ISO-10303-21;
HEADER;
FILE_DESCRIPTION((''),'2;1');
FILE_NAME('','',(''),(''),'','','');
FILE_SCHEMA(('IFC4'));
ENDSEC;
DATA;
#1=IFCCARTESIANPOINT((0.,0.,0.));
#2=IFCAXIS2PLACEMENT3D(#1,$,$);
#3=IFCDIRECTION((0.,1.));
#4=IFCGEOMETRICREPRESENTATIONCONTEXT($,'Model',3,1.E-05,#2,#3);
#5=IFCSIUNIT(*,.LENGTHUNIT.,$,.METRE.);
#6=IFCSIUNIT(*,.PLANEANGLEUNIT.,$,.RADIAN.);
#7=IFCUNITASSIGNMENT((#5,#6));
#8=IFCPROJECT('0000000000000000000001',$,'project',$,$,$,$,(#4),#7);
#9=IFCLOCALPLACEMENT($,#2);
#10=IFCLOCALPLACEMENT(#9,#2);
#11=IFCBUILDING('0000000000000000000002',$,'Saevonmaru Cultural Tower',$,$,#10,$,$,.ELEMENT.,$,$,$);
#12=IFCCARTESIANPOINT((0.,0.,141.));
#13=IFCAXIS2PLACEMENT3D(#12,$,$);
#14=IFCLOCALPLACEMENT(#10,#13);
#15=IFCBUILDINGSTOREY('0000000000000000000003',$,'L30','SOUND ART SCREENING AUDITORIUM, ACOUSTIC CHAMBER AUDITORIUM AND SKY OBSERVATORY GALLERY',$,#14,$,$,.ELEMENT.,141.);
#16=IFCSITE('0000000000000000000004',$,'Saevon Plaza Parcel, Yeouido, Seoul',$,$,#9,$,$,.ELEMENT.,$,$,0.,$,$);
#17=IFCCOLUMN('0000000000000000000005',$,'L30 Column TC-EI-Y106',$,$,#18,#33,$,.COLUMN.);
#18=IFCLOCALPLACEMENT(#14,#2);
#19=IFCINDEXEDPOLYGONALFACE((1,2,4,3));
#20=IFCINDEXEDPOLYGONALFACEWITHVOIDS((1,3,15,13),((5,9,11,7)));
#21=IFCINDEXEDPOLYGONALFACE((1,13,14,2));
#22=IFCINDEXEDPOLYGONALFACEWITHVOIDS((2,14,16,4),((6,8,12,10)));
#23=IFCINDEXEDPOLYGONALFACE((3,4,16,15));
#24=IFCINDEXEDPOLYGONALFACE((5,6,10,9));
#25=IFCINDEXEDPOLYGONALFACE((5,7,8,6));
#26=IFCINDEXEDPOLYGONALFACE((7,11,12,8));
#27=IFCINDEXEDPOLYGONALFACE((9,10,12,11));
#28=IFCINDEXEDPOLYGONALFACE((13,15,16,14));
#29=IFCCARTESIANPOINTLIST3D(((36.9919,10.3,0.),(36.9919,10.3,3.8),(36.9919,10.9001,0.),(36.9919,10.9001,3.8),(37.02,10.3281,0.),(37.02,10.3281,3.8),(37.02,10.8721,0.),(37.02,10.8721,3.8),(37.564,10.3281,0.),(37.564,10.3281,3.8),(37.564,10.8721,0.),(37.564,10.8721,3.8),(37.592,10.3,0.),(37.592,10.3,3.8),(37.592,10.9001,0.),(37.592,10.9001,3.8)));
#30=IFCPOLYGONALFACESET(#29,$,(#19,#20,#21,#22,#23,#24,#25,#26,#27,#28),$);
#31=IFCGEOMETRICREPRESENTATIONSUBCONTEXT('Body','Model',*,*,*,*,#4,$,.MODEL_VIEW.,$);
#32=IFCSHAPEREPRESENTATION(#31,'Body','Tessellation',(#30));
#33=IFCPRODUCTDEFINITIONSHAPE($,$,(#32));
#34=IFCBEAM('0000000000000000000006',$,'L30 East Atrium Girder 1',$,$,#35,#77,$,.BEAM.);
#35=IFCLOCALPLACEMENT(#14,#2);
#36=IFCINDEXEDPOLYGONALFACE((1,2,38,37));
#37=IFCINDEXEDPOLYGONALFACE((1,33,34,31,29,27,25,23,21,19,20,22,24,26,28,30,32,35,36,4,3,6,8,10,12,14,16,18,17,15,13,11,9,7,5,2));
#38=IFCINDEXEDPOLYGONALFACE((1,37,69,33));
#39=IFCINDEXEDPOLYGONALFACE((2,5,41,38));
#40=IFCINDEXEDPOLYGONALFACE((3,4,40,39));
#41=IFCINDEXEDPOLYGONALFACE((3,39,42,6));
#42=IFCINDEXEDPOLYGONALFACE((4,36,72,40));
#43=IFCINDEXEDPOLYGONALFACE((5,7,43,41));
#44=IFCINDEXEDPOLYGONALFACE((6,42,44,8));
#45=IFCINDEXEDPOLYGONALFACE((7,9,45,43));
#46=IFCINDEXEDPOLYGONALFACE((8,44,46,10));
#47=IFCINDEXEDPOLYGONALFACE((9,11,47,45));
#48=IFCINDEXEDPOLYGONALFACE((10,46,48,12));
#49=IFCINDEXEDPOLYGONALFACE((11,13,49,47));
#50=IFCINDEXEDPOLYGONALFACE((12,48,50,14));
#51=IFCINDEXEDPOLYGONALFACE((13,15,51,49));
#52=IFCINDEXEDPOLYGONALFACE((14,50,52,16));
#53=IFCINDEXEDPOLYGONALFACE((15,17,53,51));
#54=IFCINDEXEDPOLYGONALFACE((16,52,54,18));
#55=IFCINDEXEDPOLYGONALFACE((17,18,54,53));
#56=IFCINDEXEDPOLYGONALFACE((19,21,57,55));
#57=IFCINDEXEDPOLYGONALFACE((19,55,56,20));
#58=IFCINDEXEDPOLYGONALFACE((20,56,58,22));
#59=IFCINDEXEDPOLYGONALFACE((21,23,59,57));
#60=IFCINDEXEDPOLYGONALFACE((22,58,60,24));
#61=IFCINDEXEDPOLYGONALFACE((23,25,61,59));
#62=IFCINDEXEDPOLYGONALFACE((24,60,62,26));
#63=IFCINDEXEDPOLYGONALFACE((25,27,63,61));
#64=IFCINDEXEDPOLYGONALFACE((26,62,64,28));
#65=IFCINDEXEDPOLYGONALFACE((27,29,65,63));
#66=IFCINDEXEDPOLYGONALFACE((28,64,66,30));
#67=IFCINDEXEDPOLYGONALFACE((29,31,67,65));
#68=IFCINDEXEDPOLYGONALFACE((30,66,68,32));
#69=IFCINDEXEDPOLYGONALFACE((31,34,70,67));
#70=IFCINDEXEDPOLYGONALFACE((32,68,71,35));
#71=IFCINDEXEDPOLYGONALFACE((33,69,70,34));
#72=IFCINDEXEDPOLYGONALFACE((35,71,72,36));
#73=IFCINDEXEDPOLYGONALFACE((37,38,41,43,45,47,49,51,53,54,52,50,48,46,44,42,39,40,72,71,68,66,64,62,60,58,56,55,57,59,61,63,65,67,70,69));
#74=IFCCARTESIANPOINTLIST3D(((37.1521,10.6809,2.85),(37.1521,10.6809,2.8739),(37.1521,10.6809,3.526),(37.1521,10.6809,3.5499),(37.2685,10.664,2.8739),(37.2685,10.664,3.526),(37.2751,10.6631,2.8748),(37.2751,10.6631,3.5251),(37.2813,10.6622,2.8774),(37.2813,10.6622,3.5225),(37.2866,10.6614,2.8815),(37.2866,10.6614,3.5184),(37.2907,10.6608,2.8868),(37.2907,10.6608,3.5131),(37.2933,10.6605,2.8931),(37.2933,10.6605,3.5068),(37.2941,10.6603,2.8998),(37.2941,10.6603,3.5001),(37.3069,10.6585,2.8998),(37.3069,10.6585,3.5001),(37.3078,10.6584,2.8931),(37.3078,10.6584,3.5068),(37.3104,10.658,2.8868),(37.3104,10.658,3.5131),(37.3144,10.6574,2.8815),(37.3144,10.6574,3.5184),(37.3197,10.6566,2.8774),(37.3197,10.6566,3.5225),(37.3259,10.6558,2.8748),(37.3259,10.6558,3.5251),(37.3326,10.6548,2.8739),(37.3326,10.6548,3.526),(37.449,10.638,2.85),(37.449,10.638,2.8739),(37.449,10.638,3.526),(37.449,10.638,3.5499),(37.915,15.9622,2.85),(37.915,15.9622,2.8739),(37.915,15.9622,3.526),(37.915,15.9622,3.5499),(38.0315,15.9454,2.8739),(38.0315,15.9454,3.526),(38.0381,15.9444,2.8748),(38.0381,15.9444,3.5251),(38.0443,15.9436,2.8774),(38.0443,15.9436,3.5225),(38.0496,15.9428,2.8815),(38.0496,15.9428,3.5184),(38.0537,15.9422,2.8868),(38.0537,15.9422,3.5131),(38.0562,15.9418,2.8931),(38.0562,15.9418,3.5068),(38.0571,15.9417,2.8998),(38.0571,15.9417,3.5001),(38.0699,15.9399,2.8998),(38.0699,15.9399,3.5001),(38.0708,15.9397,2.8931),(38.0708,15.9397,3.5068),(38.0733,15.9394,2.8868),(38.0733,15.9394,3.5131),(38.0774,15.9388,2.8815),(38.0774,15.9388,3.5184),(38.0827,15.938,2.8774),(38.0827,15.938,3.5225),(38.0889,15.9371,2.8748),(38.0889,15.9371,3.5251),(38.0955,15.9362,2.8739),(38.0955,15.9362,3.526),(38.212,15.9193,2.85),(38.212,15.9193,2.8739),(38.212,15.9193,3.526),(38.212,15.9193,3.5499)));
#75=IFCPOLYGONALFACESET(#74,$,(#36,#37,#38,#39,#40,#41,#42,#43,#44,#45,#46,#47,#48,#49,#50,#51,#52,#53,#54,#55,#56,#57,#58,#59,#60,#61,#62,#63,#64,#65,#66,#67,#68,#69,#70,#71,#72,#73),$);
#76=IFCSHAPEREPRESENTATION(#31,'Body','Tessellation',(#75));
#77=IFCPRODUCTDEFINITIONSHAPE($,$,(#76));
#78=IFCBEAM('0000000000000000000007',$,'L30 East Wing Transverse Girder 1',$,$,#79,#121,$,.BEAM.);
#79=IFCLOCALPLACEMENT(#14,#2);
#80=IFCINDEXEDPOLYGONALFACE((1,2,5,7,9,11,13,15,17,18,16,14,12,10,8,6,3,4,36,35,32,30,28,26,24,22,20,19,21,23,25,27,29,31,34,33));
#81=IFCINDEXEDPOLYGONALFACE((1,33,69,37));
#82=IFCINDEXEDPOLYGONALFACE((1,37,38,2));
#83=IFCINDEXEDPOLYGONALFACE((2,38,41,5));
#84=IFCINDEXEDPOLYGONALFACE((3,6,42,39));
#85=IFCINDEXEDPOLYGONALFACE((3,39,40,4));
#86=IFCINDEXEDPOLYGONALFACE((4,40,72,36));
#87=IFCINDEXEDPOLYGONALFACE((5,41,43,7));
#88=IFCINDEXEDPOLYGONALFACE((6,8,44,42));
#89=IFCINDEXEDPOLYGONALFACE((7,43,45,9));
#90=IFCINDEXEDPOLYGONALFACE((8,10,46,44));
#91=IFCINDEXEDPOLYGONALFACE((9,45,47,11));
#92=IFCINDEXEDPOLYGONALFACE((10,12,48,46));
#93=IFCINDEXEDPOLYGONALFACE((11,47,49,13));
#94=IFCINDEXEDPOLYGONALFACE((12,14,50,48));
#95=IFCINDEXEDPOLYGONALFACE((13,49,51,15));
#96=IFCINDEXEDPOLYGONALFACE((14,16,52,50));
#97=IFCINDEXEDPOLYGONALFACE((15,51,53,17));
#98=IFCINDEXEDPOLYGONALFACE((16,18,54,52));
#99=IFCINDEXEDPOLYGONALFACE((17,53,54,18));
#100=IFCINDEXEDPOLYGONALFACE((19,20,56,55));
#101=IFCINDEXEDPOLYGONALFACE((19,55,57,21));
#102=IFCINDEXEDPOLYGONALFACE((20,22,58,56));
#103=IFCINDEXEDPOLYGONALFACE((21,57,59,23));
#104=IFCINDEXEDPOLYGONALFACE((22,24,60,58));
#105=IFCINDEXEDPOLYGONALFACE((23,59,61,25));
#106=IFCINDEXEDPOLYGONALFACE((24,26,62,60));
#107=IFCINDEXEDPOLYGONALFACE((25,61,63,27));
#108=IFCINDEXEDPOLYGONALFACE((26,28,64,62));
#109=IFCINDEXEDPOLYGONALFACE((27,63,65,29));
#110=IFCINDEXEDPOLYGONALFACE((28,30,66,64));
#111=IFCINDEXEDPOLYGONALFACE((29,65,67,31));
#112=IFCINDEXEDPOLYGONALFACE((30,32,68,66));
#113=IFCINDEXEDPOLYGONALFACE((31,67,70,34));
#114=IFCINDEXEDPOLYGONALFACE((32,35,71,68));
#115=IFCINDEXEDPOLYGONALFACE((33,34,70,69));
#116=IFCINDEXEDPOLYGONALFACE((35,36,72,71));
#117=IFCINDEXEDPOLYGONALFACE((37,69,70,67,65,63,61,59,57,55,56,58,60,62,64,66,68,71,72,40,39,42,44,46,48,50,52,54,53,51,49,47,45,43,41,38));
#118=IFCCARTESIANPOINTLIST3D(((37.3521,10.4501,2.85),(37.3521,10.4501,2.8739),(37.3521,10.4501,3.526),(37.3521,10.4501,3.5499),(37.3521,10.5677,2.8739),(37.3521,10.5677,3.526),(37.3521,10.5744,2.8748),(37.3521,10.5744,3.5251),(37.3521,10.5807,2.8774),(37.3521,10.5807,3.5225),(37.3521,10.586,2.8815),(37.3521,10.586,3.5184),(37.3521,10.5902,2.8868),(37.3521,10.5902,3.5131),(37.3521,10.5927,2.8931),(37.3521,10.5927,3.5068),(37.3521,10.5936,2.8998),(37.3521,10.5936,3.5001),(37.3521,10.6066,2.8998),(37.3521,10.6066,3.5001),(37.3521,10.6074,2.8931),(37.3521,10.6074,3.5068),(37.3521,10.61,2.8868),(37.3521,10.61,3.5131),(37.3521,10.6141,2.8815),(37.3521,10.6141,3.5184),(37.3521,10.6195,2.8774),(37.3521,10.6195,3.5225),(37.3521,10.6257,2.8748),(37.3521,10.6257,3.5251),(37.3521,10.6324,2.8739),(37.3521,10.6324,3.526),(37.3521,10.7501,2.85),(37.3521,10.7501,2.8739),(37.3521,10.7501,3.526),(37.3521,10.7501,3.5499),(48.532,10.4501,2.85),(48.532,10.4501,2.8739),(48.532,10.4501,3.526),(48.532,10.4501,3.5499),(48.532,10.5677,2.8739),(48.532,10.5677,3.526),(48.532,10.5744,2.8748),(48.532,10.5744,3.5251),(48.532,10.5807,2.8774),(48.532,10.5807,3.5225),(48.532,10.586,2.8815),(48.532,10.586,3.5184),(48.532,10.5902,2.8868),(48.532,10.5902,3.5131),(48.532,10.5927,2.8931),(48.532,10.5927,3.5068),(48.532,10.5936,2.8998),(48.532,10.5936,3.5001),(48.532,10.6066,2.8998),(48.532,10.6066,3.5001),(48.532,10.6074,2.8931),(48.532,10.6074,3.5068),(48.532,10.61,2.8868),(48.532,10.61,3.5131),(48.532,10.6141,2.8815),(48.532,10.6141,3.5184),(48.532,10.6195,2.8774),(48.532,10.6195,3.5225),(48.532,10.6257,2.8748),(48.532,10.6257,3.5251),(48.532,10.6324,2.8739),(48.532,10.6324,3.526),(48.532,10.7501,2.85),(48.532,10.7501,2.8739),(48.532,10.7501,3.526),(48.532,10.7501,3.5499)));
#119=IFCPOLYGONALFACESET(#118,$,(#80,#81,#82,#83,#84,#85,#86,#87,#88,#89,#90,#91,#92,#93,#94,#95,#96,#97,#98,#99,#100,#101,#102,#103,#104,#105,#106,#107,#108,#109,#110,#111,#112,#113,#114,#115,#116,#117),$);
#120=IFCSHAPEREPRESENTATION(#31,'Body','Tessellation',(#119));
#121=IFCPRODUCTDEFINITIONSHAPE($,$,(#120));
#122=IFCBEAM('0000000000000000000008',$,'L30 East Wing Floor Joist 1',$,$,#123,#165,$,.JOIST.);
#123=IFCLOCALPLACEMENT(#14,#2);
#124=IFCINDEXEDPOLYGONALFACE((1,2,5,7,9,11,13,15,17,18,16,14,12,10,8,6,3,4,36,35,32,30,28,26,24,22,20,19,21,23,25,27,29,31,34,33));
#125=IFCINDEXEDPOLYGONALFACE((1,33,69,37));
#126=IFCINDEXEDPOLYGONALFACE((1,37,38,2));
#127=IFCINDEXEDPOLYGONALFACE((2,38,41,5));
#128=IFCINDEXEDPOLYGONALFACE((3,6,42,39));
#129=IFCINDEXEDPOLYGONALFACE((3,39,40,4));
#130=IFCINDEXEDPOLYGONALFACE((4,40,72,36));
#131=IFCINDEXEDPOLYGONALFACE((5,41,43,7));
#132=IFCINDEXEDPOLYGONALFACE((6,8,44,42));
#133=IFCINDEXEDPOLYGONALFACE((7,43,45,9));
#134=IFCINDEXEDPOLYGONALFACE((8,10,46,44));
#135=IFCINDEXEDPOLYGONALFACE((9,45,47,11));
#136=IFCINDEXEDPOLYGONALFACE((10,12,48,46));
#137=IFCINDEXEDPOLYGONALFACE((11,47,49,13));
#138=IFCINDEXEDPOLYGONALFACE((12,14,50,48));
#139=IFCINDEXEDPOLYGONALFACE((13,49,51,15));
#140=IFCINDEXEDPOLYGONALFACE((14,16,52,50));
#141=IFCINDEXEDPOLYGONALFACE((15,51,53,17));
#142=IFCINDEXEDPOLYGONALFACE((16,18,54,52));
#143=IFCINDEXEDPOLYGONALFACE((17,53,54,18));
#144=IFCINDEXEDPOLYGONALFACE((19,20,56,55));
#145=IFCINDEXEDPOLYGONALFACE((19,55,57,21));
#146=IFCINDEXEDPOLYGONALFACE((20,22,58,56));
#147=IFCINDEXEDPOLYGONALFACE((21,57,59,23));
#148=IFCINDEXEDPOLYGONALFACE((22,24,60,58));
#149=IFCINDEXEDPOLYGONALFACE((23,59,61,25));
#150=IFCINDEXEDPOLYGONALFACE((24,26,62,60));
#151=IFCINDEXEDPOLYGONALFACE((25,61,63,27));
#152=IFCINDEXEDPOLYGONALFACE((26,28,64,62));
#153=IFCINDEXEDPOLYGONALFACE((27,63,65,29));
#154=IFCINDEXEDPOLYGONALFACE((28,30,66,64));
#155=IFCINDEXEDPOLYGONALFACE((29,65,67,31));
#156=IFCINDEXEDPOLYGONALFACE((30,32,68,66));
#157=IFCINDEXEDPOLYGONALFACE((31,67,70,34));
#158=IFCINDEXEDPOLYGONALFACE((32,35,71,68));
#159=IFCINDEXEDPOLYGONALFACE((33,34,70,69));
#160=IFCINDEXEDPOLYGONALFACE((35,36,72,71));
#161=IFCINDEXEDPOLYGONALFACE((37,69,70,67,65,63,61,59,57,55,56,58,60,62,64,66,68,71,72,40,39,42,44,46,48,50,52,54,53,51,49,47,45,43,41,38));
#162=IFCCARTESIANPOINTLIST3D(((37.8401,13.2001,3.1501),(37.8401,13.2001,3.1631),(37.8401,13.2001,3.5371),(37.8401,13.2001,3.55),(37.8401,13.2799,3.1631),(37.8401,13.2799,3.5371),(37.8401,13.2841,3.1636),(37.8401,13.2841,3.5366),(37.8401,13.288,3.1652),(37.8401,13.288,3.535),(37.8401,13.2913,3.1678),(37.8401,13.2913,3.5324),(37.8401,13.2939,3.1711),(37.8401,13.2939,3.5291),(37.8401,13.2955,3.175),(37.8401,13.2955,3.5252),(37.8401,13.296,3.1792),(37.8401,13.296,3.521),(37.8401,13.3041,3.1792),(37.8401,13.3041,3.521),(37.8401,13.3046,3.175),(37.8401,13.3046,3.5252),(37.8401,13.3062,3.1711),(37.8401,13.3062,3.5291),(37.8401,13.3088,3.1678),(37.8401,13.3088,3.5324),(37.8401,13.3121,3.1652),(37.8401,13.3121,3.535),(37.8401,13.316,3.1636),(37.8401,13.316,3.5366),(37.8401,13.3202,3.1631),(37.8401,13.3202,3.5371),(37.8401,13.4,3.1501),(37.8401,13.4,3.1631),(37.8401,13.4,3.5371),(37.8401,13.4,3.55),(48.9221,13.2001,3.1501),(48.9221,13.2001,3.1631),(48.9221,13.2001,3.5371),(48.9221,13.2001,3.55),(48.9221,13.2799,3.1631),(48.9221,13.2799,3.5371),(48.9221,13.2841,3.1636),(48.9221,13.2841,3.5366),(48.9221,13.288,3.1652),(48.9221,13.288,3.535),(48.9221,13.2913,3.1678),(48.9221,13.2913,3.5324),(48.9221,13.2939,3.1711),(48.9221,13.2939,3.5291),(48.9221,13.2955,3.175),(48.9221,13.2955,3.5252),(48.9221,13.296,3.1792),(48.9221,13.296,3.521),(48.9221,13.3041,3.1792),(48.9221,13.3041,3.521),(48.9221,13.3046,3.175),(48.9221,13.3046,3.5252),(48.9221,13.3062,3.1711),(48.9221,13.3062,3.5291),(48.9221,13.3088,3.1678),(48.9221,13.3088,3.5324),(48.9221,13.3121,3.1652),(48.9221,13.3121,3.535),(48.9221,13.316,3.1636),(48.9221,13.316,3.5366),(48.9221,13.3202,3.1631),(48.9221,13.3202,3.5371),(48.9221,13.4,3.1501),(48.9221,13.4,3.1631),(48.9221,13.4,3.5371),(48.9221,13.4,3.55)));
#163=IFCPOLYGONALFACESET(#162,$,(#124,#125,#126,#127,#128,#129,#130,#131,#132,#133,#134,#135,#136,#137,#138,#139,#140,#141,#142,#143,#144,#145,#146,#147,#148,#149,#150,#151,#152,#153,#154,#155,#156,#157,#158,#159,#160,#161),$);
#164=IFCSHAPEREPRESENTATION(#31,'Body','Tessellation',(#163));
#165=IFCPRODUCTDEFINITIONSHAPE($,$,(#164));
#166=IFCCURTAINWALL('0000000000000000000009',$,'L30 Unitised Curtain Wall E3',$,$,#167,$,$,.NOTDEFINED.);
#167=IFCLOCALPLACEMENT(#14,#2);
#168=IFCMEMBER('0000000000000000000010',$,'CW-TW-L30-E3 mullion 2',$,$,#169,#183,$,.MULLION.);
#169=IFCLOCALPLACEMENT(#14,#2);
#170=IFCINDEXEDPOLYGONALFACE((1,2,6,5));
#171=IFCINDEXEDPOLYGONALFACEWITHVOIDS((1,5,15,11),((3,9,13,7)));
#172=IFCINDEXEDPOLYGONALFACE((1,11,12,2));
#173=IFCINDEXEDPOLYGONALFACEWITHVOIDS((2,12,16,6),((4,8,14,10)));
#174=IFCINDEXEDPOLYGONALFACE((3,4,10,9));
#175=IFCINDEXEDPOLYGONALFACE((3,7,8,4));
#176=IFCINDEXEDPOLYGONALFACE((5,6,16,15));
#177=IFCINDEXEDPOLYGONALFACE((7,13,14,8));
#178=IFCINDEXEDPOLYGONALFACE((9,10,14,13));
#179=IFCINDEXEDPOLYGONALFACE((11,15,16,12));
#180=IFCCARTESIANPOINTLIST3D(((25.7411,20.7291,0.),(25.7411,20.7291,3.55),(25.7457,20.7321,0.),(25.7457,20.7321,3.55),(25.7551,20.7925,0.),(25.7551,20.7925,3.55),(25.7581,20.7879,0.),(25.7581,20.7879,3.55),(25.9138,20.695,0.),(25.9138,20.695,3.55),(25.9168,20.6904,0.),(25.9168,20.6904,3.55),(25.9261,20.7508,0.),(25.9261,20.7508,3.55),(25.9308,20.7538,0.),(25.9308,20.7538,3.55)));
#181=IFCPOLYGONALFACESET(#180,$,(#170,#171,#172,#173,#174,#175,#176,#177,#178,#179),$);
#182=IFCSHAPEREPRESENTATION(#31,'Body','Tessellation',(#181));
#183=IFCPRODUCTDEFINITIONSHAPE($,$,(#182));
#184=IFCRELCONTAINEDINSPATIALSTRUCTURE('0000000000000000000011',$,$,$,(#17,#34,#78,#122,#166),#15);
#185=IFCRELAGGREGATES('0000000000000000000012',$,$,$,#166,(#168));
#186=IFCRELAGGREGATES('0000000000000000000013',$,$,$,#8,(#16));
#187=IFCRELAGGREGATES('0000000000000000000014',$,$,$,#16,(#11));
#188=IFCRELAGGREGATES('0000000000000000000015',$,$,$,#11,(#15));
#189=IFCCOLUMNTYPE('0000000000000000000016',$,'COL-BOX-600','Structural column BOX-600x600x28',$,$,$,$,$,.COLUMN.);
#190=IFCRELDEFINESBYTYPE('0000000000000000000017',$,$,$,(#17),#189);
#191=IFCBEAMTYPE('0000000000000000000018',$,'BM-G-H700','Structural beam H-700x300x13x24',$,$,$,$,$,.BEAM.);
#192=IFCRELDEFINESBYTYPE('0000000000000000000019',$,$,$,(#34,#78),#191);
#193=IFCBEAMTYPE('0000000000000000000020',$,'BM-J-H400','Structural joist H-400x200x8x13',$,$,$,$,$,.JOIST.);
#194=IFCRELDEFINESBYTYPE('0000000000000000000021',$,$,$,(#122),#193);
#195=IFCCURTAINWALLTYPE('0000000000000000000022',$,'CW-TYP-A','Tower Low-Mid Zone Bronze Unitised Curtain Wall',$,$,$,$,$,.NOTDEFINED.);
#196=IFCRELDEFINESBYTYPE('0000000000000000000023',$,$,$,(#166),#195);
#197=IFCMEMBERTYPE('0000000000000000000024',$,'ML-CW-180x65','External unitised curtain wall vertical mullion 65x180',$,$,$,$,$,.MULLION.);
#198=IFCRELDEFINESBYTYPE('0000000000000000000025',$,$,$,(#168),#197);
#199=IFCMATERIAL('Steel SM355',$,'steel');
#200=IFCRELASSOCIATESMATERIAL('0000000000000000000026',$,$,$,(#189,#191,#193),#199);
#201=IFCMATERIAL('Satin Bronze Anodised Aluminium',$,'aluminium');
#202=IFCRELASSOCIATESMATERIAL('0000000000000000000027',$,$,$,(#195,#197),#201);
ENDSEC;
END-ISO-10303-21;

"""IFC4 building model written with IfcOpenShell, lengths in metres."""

from ifc_helpers import new_model, si_unit, direction, frame, origin, origin_2d, place, context, subcontext, project, spatial, hollow_rectangle, i_section, extrude, material, material_profile, profile_set, type_object, element, aggregate, save


model = new_model("IFC4")

# Units and contexts
model_context = context("Model", 3, precision=1e-05, world=origin(), true_north=direction((0.0, 1.0)))
body_context = subcontext(model_context, "Body", "Model", "MODEL_VIEW")
ifc_project = project(units=[si_unit("LENGTHUNIT", "METRE"), si_unit("PLANEANGLEUNIT", "RADIAN")], contexts=[model_context])

# Site, building, storey
site_placement = place(None, origin())
site = spatial("IfcSite", under=ifc_project, at=site_placement, Name="Saevon Plaza Parcel, Yeouido, Seoul", CompositionType="ELEMENT", RefElevation=0.0)
building_placement = place(site_placement, origin())
building = spatial("IfcBuilding", under=site, at=building_placement, Name="Saevonmaru Cultural Tower", CompositionType="ELEMENT")
storey_placement = place(building_placement, frame((0.0, 0.0, 141.0)))
storey = spatial("IfcBuildingStorey", under=building, at=storey_placement, Name="L30", Description="SOUND ART SCREENING AUDITORIUM, ACOUSTIC CHAMBER AUDITORIUM AND SKY OBSERVATORY GALLERY", CompositionType="ELEMENT", Elevation=141.0)

# Column
ifc_material_1 = material(Name="Steel SM355", Category="steel")
ifc_material_profile_1 = material_profile(ifc_material_1, hollow_rectangle(XDim=0.6001, YDim=0.6001, WallThickness=0.0281, at=origin_2d()), Name="BOX-600x600x28")
ifc_profile_set_1 = profile_set([ifc_material_profile_1], Name="Steel SM355")
column_type = type_object("IfcColumnType", Name="COL-BOX-600", Description="Structural column BOX-600x600x28", PredefinedType="COLUMN", material=ifc_profile_set_1)
column_placement = place(storey_placement, frame((37.292, 10.6001, 0.0), z_axis=(0.0, 0.0, 1.0), x_axis=(1.0, 0.0, 0.0)))
element("IfcColumn", 1, at=column_placement, inside=storey, type_object=column_type, Name="L30 Column TC-EI-Y106", PredefinedType="COLUMN", context=body_context, shape_type="SweptSolid", body=[
    extrude(hollow_rectangle(XDim=0.6001, YDim=0.6001, WallThickness=0.0281, at=origin_2d()), origin(), (0.0, 0.0, 1.0), 3.8),
])

# Beams
ifc_material_profile_2 = material_profile(ifc_material_1, i_section(OverallWidth=0.3, OverallDepth=0.7, WebThickness=0.0129, FlangeThickness=0.0239, FilletRadius=0.0259, at=origin_2d()), Name="H-700x300x13x24")
ifc_profile_set_2 = profile_set([ifc_material_profile_2], Name="Steel SM355")
beam_type_1 = type_object("IfcBeamType", Name="BM-G-H700", Description="Structural beam H-700x300x13x24", PredefinedType="BEAM", material=ifc_profile_set_2)
beam_1_placement = place(storey_placement, frame((37.3005, 10.6594, 3.2), z_axis=(0.142978, 0.989726, 0.0), x_axis=(-0.989726, 0.142978, 0.0)))
element("IfcBeam", 2, at=beam_1_placement, inside=storey, type_object=beam_type_1, Name="L30 East Atrium Girder 1", PredefinedType="BEAM", context=body_context, shape_type="SweptSolid", body=[
    extrude(i_section(OverallWidth=0.3, OverallDepth=0.7, WebThickness=0.0129, FlangeThickness=0.0239, FilletRadius=0.0259, at=origin_2d()), origin(), (0.0, 0.0, 1.0), 5.3362),
])
beam_2_placement = place(storey_placement, frame((37.3521, 10.6001, 3.2), z_axis=(1.0, 0.0, 0.0), x_axis=(0.0, 1.0, 0.0)))
element("IfcBeam", 3, at=beam_2_placement, inside=storey, type_object=beam_type_1, Name="L30 East Wing Transverse Girder 1", PredefinedType="BEAM", context=body_context, shape_type="SweptSolid", body=[
    extrude(i_section(OverallWidth=0.3, OverallDepth=0.7, WebThickness=0.0129, FlangeThickness=0.0239, FilletRadius=0.0259, at=origin_2d()), origin(), (0.0, 0.0, 1.0), 11.1799),
])
ifc_material_profile_3 = material_profile(ifc_material_1, i_section(OverallWidth=0.2, OverallDepth=0.3999, WebThickness=0.0081, FlangeThickness=0.0129, FilletRadius=0.0161, at=origin_2d()), Name="H-400x200x8x13")
ifc_profile_set_3 = profile_set([ifc_material_profile_3], Name="Steel SM355")
beam_type_2 = type_object("IfcBeamType", Name="BM-J-H400", Description="Structural joist H-400x200x8x13", PredefinedType="JOIST", material=ifc_profile_set_3)
beam_3_placement = place(storey_placement, frame((37.8401, 13.3, 3.3501), z_axis=(1.0, 0.0, 0.0), x_axis=(0.0, 1.0, 0.0)))
element("IfcBeam", 4, at=beam_3_placement, inside=storey, type_object=beam_type_2, Name="L30 East Wing Floor Joist 1", PredefinedType="JOIST", context=body_context, shape_type="SweptSolid", body=[
    extrude(i_section(OverallWidth=0.2, OverallDepth=0.3999, WebThickness=0.0081, FlangeThickness=0.0129, FilletRadius=0.0161, at=origin_2d()), origin(), (0.0, 0.0, 1.0), 11.082),
])

# Curtain wall, member
ifc_material_2 = material(Name="Satin Bronze Anodised Aluminium", Category="aluminium")
curtain_wall_type_1 = type_object("IfcCurtainWallType", Name="CW-TYP-A", Description="Tower Low-Mid Zone Bronze Unitised Curtain Wall", PredefinedType="NOTDEFINED", material=ifc_material_2)
curtain_wall_1_placement = place(storey_placement, origin())
curtain_wall_1 = element("IfcCurtainWall", 5, at=curtain_wall_1_placement, inside=storey, type_object=curtain_wall_type_1, Name="L30 Unitised Curtain Wall E3", PredefinedType="NOTDEFINED")
ifc_material_profile_4 = material_profile(ifc_material_2, hollow_rectangle(XDim=0.0649, YDim=0.1799, WallThickness=0.0039, at=origin_2d()), Name="ALU-MULL-180x65x4")
ifc_profile_set_4 = profile_set([ifc_material_profile_4], Name="Satin Bronze Anodised Aluminium")
member_type_1 = type_object("IfcMemberType", Name="ML-CW-180x65", Description="External unitised curtain wall vertical mullion 65x180", PredefinedType="MULLION", material=ifc_profile_set_4)
member_1_placement = place(storey_placement, frame((25.8359, 20.7415, 0.0), z_axis=(0.0, 0.0, 1.0), x_axis=(0.215413, 0.976523, 0.0)))
member_1 = element("IfcMember", 6, at=member_1_placement, type_object=member_type_1, Name="CW-TW-L30-E3 mullion 2", PredefinedType="MULLION", context=body_context, shape_type="SweptSolid", body=[
    extrude(hollow_rectangle(XDim=0.0649, YDim=0.1799, WallThickness=0.0039, at=origin_2d()), origin(), (0.0, 0.0, 1.0), 3.55),
])

aggregate(curtain_wall_1, [member_1])

save(model, "model.ifc")
